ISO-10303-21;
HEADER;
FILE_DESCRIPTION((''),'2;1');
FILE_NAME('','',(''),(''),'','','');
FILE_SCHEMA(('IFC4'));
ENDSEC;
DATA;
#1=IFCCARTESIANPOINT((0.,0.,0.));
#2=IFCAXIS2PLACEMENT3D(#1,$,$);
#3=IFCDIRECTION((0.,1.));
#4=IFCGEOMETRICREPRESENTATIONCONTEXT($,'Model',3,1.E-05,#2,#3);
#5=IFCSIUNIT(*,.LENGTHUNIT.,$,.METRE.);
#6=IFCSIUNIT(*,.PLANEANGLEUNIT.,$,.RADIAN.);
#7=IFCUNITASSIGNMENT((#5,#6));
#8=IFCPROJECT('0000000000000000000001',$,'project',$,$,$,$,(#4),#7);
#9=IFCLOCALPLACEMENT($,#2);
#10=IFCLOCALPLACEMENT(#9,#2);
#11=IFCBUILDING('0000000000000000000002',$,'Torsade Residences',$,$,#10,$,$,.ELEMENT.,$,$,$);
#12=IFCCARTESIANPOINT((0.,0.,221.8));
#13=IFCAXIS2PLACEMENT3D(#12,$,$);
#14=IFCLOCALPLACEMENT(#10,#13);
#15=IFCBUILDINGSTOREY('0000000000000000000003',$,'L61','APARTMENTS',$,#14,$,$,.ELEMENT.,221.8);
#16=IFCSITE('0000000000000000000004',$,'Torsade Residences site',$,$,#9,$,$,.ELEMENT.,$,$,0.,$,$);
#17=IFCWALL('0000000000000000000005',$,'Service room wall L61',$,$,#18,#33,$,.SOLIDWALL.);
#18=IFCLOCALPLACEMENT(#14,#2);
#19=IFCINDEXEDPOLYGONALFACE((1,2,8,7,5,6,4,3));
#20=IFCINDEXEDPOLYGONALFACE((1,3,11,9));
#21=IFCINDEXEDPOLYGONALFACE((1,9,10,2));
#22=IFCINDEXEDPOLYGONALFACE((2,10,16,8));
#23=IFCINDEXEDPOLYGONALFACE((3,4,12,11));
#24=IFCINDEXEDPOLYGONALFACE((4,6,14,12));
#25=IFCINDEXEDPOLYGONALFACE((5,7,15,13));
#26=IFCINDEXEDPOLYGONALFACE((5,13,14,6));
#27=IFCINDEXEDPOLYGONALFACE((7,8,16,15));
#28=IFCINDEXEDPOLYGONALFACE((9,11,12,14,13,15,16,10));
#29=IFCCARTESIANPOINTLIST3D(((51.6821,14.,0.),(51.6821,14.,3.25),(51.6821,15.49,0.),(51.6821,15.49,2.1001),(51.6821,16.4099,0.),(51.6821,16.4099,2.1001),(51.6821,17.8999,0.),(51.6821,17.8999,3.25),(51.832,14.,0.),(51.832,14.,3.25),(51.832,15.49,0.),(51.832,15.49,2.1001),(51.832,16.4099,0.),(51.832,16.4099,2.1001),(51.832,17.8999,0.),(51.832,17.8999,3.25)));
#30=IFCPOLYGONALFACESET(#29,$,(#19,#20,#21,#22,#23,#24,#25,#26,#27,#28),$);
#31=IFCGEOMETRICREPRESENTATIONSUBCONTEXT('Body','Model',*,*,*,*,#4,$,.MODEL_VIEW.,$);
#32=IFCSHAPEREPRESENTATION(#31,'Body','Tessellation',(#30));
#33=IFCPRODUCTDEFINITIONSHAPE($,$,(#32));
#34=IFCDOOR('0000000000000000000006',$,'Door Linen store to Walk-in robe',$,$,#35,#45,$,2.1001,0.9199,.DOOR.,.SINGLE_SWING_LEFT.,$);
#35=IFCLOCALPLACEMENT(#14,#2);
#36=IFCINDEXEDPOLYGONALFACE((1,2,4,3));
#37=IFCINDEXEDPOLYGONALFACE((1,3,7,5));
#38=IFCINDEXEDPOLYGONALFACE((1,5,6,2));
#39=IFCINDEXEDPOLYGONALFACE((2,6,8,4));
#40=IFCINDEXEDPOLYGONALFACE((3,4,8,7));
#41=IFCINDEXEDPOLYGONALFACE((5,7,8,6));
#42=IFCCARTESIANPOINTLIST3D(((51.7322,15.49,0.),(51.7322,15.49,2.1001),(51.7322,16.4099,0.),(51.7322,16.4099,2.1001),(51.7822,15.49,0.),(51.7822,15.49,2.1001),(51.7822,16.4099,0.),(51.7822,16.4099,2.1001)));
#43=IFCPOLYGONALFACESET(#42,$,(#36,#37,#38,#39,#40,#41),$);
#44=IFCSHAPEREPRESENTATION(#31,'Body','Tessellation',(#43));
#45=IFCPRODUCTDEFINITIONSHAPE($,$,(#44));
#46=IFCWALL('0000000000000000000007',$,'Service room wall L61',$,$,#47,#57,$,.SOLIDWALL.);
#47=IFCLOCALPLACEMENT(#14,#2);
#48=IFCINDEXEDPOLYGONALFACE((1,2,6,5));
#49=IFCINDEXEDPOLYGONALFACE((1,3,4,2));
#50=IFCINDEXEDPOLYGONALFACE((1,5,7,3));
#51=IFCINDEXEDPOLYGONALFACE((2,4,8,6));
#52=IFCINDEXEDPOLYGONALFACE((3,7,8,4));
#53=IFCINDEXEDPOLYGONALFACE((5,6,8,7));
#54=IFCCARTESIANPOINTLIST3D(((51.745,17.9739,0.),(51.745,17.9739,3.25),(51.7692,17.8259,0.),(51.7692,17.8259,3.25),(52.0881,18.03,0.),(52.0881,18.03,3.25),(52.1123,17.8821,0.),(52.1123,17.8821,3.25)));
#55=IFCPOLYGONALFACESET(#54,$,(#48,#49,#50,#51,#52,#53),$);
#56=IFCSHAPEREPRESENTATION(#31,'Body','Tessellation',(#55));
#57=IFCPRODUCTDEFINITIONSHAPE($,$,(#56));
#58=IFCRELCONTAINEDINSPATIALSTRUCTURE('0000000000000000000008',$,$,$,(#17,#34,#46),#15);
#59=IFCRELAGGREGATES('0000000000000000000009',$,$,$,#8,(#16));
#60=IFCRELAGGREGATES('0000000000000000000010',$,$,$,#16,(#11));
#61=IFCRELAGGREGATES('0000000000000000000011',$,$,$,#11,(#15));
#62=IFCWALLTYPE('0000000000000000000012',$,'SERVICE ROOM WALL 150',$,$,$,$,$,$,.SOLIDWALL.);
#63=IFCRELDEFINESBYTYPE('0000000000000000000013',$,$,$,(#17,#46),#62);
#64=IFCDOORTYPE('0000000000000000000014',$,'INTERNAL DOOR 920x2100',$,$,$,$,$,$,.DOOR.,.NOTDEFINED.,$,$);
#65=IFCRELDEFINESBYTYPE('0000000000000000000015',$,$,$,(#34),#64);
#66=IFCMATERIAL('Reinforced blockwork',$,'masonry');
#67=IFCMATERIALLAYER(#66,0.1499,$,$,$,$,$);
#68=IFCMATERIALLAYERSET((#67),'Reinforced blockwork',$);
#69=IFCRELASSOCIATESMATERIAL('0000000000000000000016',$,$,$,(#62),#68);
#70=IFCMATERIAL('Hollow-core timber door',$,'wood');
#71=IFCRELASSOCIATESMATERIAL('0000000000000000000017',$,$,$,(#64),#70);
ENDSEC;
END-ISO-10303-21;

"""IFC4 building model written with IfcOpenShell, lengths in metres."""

from ifc_helpers import new_model, si_unit, direction, frame, frame_2d, origin, place, context, subcontext, project, spatial, rectangle, extrude, material, layer, layer_set, type_object, element, fill, save


model = new_model("IFC4")

# Units and contexts
model_context = context("Model", 3, precision=1e-05, world=origin(), true_north=direction((0.0, 1.0)))
body_context = subcontext(model_context, "Body", "Model", "MODEL_VIEW")
ifc_project = project(units=[si_unit("LENGTHUNIT", "METRE"), si_unit("PLANEANGLEUNIT", "RADIAN")], contexts=[model_context])

# Site, building, storey
site_placement = place(None, origin())
site = spatial("IfcSite", under=ifc_project, at=site_placement, Name="Torsade Residences site", CompositionType="ELEMENT", RefElevation=0.0)
building_placement = place(site_placement, origin())
building = spatial("IfcBuilding", under=site, at=building_placement, Name="Torsade Residences", CompositionType="ELEMENT")
storey_placement = place(building_placement, frame((0.0, 0.0, 221.8)))
storey = spatial("IfcBuildingStorey", under=building, at=storey_placement, Name="L61", Description="APARTMENTS", CompositionType="ELEMENT", Elevation=221.8)

# Wall, opening, door
ifc_material_1 = material(Name="Reinforced blockwork", Category="masonry")
ifc_layer_1 = layer(ifc_material_1, 0.1499)
ifc_layer_set_1 = layer_set([ifc_layer_1], Name="Reinforced blockwork")
wall_type_1 = type_object("IfcWallType", Name="SERVICE ROOM WALL 150", PredefinedType="SOLIDWALL", material=ifc_layer_set_1)
wall_1_placement = place(storey_placement, frame((51.7571, 14.0, 0.0), z_axis=(0.0, 0.0, 1.0), x_axis=(0.0, 1.0, 0.0)))
wall_1 = element("IfcWall", 1, at=wall_1_placement, inside=storey, type_object=wall_type_1, Name="Service room wall L61", PredefinedType="SOLIDWALL", context=body_context, shape_type="SweptSolid", body=[
    extrude(rectangle(XDim=3.8999, YDim=0.1499, at=frame_2d((1.95, 0.0))), origin(), (0.0, 0.0, 1.0), 3.25),
])
opening_1_placement = place(wall_1_placement, frame((1.49, 0.0, 0.0)))
opening_1 = element("IfcOpeningElement", 2, at=opening_1_placement, cuts=wall_1, PredefinedType="OPENING", context=body_context, shape_type="SweptSolid", body=[
    extrude(rectangle(XDim=0.9199, YDim=2.1001, at=frame_2d((0.46, 1.05))), frame((0.0, 0.085, 0.0), z_axis=(0.0, -1.0, 0.0), x_axis=(1.0, 0.0, 0.0)), (0.0, 0.0, 1.0), 0.1699),
])
ifc_material_2 = material(Name="Hollow-core timber door", Category="wood")
door_type_1 = type_object("IfcDoorType", Name="INTERNAL DOOR 920x2100", OperationType="NOTDEFINED", PredefinedType="DOOR", material=ifc_material_2)
door_1_placement = place(opening_1_placement, origin())
door_1 = element("IfcDoor", 3, at=door_1_placement, inside=storey, type_object=door_type_1, Name="Door Linen store to Walk-in robe", OperationType="SINGLE_SWING_LEFT", OverallHeight=2.1001, OverallWidth=0.9199, PredefinedType="DOOR", context=body_context, shape_type="SweptSolid", body=[
    extrude(rectangle(XDim=0.9199, YDim=2.1001, at=frame_2d((0.46, 1.05))), frame((0.0, 0.0249, 0.0), z_axis=(0.0, -1.0, 0.0), x_axis=(1.0, 0.0, 0.0)), (0.0, 0.0, 1.0), 0.05),
])
fill(opening_1, door_1)

# Wall
wall_2_placement = place(storey_placement, frame((51.7571, 17.8999, 0.0), z_axis=(0.0, 0.0, 1.0), x_axis=(0.986864, 0.161551, 0.0)))
element("IfcWall", 4, at=wall_2_placement, inside=storey, type_object=wall_type_1, Name="Service room wall L61", PredefinedType="SOLIDWALL", context=body_context, shape_type="SweptSolid", body=[
    extrude(rectangle(XDim=0.3477, YDim=0.1499, at=frame_2d((0.1738, 0.0))), origin(), (0.0, 0.0, 1.0), 3.25),
])

save(model, "model.ifc")
